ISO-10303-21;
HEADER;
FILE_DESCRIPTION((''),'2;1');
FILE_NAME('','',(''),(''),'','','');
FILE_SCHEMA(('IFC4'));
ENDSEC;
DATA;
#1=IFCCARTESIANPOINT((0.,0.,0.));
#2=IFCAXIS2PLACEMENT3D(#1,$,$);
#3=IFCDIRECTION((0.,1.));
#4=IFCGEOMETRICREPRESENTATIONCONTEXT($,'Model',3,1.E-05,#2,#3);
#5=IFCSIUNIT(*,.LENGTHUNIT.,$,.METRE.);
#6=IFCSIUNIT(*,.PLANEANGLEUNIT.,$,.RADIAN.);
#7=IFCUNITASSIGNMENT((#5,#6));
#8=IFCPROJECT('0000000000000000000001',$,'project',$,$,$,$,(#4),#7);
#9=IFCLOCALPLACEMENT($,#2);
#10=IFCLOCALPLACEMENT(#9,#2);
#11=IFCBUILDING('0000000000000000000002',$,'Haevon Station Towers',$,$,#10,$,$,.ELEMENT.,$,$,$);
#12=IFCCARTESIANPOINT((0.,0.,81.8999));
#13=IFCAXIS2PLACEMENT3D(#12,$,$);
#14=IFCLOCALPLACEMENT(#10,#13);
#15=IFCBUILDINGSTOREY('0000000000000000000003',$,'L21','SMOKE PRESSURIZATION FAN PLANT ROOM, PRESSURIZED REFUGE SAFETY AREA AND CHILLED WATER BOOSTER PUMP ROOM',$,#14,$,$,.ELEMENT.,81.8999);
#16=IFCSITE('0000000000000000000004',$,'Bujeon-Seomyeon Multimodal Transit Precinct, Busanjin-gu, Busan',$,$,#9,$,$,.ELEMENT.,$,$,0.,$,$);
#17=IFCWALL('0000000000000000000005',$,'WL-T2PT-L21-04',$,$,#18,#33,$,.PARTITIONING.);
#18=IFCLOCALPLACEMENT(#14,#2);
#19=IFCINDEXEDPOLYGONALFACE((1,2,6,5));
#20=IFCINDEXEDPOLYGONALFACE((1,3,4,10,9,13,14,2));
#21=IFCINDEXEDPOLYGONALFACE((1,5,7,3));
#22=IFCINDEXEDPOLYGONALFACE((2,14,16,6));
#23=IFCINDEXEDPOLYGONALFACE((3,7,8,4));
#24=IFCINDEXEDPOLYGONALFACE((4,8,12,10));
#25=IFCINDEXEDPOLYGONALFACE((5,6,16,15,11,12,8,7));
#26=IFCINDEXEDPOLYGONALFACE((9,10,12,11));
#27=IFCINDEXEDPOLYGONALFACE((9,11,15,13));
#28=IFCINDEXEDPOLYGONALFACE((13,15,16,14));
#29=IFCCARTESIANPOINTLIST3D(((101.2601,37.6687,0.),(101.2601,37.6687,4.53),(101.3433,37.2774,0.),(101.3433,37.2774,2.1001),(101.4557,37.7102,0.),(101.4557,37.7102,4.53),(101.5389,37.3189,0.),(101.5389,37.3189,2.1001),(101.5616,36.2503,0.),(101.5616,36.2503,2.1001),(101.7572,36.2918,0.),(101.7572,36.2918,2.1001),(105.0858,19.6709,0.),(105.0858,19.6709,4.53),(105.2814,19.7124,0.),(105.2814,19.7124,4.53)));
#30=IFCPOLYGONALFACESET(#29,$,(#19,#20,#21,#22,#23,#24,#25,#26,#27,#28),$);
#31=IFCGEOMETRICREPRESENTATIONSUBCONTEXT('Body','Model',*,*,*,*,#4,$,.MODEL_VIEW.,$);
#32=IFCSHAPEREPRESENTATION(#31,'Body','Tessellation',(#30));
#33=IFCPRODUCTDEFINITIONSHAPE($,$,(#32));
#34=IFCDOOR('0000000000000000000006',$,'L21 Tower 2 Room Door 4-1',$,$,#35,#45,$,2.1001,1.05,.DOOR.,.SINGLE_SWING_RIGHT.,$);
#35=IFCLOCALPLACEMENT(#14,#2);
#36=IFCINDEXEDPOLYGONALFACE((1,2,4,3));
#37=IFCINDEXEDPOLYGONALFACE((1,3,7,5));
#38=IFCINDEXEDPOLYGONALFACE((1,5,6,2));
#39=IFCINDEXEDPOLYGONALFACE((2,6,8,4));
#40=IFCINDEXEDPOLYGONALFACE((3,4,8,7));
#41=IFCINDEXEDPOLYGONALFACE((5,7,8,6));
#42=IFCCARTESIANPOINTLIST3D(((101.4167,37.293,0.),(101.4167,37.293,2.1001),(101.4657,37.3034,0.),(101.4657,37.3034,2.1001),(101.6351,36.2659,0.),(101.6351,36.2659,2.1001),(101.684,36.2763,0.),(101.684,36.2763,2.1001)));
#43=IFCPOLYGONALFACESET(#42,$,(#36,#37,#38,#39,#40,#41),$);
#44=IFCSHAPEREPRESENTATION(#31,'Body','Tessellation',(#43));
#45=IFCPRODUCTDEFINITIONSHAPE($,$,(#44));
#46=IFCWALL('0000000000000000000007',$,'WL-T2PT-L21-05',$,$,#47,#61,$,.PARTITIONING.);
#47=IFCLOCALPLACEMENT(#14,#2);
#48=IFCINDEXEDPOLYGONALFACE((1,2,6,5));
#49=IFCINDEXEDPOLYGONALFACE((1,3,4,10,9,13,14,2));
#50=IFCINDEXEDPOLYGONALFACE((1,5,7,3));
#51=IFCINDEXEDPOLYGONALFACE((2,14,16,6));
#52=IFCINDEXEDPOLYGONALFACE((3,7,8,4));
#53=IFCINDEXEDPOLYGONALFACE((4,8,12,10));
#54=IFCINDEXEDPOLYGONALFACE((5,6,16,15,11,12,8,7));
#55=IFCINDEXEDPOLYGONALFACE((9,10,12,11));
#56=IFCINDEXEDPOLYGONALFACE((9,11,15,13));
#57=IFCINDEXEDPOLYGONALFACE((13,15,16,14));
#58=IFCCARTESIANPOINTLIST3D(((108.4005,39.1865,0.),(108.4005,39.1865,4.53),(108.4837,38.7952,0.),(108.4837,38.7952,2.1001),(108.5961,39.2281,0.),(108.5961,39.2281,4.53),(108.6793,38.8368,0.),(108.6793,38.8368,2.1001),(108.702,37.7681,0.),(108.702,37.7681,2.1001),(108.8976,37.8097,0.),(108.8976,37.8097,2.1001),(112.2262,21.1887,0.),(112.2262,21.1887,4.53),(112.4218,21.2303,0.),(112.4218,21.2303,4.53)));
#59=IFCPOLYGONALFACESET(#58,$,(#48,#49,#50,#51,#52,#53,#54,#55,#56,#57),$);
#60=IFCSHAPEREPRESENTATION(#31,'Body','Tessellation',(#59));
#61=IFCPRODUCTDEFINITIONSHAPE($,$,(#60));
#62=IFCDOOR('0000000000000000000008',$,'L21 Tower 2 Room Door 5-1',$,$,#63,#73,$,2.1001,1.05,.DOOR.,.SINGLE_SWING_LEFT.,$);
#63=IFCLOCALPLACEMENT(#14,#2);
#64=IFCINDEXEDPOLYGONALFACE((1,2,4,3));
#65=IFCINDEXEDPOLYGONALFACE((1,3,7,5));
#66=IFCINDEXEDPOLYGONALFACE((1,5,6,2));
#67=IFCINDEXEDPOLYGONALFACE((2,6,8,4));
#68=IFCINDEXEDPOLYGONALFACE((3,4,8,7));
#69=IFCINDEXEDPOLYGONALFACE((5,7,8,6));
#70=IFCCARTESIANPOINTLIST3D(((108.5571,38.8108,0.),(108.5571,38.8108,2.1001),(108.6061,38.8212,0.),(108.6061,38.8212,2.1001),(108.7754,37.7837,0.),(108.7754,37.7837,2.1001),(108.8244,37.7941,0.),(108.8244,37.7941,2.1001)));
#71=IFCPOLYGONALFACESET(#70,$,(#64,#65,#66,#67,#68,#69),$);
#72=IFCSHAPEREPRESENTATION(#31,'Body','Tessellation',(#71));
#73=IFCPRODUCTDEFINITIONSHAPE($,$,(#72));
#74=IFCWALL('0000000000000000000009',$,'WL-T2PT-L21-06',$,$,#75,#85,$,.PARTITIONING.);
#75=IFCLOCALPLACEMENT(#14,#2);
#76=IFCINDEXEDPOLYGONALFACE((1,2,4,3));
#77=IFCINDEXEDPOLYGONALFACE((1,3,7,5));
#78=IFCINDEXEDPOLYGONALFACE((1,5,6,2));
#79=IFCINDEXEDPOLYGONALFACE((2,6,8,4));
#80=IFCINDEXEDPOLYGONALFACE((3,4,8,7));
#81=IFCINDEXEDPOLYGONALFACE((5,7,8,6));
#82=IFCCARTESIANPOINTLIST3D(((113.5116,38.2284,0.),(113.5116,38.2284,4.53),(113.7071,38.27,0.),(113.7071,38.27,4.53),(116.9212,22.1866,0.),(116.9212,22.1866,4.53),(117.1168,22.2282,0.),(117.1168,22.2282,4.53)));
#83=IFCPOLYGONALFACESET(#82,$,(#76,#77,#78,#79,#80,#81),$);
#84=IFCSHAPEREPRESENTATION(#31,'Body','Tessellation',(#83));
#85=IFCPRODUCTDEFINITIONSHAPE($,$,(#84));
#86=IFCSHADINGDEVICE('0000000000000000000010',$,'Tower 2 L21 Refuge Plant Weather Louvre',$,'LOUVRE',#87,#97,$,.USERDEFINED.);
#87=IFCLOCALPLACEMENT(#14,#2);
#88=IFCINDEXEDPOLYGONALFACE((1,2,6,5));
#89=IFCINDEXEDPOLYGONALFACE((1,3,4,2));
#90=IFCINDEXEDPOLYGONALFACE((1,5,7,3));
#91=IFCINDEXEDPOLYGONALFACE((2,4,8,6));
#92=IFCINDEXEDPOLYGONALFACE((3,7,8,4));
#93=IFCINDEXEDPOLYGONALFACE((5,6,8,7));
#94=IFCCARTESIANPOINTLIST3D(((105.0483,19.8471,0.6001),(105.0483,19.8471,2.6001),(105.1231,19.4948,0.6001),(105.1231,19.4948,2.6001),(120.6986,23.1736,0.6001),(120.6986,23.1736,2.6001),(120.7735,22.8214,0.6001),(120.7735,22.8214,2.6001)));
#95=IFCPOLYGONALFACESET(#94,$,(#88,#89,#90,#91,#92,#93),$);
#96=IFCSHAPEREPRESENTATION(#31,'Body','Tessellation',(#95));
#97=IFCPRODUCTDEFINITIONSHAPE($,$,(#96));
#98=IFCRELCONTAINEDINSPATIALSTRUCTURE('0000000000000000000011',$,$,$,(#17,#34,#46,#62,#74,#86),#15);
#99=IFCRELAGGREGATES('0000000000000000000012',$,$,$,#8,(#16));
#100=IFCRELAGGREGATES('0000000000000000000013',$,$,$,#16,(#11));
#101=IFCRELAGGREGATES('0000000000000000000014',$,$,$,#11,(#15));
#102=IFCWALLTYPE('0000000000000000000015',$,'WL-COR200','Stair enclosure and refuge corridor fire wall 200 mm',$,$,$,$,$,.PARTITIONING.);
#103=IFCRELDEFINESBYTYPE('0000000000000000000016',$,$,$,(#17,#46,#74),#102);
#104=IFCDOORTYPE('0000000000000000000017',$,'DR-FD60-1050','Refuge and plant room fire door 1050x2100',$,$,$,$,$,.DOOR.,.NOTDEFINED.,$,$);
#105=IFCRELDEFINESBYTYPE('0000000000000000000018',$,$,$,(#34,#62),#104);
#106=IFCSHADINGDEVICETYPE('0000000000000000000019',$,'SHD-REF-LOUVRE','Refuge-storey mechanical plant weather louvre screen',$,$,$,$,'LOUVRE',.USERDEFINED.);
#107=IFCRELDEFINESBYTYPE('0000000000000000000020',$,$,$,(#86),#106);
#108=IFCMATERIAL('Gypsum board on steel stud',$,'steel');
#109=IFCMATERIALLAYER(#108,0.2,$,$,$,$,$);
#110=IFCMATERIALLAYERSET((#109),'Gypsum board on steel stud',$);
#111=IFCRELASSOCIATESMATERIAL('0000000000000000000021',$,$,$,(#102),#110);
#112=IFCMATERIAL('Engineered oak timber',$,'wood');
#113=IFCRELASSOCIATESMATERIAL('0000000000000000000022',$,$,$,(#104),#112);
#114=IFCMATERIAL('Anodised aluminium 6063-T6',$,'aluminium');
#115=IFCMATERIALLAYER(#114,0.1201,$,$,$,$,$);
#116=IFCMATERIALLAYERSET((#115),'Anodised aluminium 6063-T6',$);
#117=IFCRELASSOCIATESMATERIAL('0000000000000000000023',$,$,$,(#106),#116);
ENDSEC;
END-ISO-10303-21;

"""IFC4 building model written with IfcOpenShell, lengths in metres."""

from ifc_helpers import new_model, si_unit, direction, frame, frame_2d, origin, origin_2d, place, context, subcontext, project, spatial, rectangle, extrude, material, layer, layer_set, type_object, element, fill, save


model = new_model("IFC4")

# Units and contexts
model_context = context("Model", 3, precision=1e-05, world=origin(), true_north=direction((0.0, 1.0)))
body_context = subcontext(model_context, "Body", "Model", "MODEL_VIEW")
ifc_project = project(units=[si_unit("LENGTHUNIT", "METRE"), si_unit("PLANEANGLEUNIT", "RADIAN")], contexts=[model_context])

# Site, building, storey
site_placement = place(None, origin())
site = spatial("IfcSite", under=ifc_project, at=site_placement, Name="Bujeon-Seomyeon Multimodal Transit Precinct, Busanjin-gu, Busan", CompositionType="ELEMENT", RefElevation=0.0)
building_placement = place(site_placement, origin())
building = spatial("IfcBuilding", under=site, at=building_placement, Name="Haevon Station Towers", CompositionType="ELEMENT")
storey_placement = place(building_placement, frame((0.0, 0.0, 81.8999)))
storey = spatial("IfcBuildingStorey", under=building, at=storey_placement, Name="L21", Description="SMOKE PRESSURIZATION FAN PLANT ROOM, PRESSURIZED REFUGE SAFETY AREA AND CHILLED WATER BOOSTER PUMP ROOM", CompositionType="ELEMENT", Elevation=81.8999)

# Walls, openings, doors
ifc_material_1 = material(Name="Gypsum board on steel stud", Category="steel")
ifc_layer_1 = layer(ifc_material_1, 0.2)
ifc_layer_set_1 = layer_set([ifc_layer_1], Name="Gypsum board on steel stud")
wall_type = type_object("IfcWallType", Name="WL-COR200", Description="Stair enclosure and refuge corridor fire wall 200 mm", PredefinedType="PARTITIONING", material=ifc_layer_set_1)
wall_1_placement = place(storey_placement, frame((105.1836, 19.6917, 0.0), z_axis=(0.0, 0.0, 1.0), x_axis=(-0.207919, 0.978146, 0.0)))
wall_1 = element("IfcWall", 1, at=wall_1_placement, inside=storey, type_object=wall_type, Name="WL-T2PT-L21-04", PredefinedType="PARTITIONING", context=body_context, shape_type="SweptSolid", body=[
    extrude(rectangle(XDim=18.3999, YDim=0.2, at=frame_2d((9.2, 0.0))), origin(), (0.0, 0.0, 1.0), 4.53),
])
opening_1_placement = place(wall_1_placement, frame((16.95, 0.0, 0.0)))
opening_1 = element("IfcOpeningElement", 2, at=opening_1_placement, cuts=wall_1, PredefinedType="OPENING", context=body_context, shape_type="SweptSolid", body=[
    extrude(rectangle(XDim=1.05, YDim=2.1001, at=frame_2d((0.5249, 1.05))), frame((0.0, 0.1099, 0.0), z_axis=(0.0, -1.0, 0.0), x_axis=(1.0, 0.0, 0.0)), (0.0, 0.0, 1.0), 0.22),
])
ifc_material_2 = material(Name="Engineered oak timber", Category="wood")
door_type = type_object("IfcDoorType", Name="DR-FD60-1050", Description="Refuge and plant room fire door 1050x2100", OperationType="NOTDEFINED", PredefinedType="DOOR", material=ifc_material_2)
door_1_placement = place(opening_1_placement, origin())
door_1 = element("IfcDoor", 3, at=door_1_placement, inside=storey, type_object=door_type, Name="L21 Tower 2 Room Door 4-1", OperationType="SINGLE_SWING_RIGHT", OverallHeight=2.1001, OverallWidth=1.05, PredefinedType="DOOR", context=body_context, shape_type="SweptSolid", body=[
    extrude(rectangle(XDim=1.05, YDim=2.1001, at=frame_2d((0.5249, 1.05))), frame((0.0, 0.0249, 0.0), z_axis=(0.0, -1.0, 0.0), x_axis=(1.0, 0.0, 0.0)), (0.0, 0.0, 1.0), 0.05),
])
fill(opening_1, door_1)
wall_2_placement = place(storey_placement, frame((112.324, 21.2095, 0.0), z_axis=(0.0, 0.0, 1.0), x_axis=(-0.207919, 0.978146, 0.0)))
wall_2 = element("IfcWall", 4, at=wall_2_placement, inside=storey, type_object=wall_type, Name="WL-T2PT-L21-05", PredefinedType="PARTITIONING", context=body_context, shape_type="SweptSolid", body=[
    extrude(rectangle(XDim=18.3999, YDim=0.2, at=frame_2d((9.2, 0.0))), origin(), (0.0, 0.0, 1.0), 4.53),
])
opening_2_placement = place(wall_2_placement, frame((16.95, 0.0, 0.0)))
opening_2 = element("IfcOpeningElement", 5, at=opening_2_placement, cuts=wall_2, PredefinedType="OPENING", context=body_context, shape_type="SweptSolid", body=[
    extrude(rectangle(XDim=1.05, YDim=2.1001, at=frame_2d((0.5249, 1.05))), frame((0.0, 0.1099, 0.0), z_axis=(0.0, -1.0, 0.0), x_axis=(1.0, 0.0, 0.0)), (0.0, 0.0, 1.0), 0.22),
])
door_2_placement = place(opening_2_placement, origin())
door_2 = element("IfcDoor", 6, at=door_2_placement, inside=storey, type_object=door_type, Name="L21 Tower 2 Room Door 5-1", OperationType="SINGLE_SWING_LEFT", OverallHeight=2.1001, OverallWidth=1.05, PredefinedType="DOOR", context=body_context, shape_type="SweptSolid", body=[
    extrude(rectangle(XDim=1.05, YDim=2.1001, at=frame_2d((0.5249, 1.05))), frame((0.0, 0.0249, 0.0), z_axis=(0.0, -1.0, 0.0), x_axis=(1.0, 0.0, 0.0)), (0.0, 0.0, 1.0), 0.05),
])
fill(opening_2, door_2)

# Wall
wall_3_placement = place(storey_placement, frame((117.019, 22.2073, 0.0), z_axis=(0.0, 0.0, 1.0), x_axis=(-0.207905, 0.978149, 0.0)))
element("IfcWall", 7, at=wall_3_placement, inside=storey, type_object=wall_type, Name="WL-T2PT-L21-06", PredefinedType="PARTITIONING", context=body_context, shape_type="SweptSolid", body=[
    extrude(rectangle(XDim=16.4001, YDim=0.2, at=frame_2d((8.2002, 0.0))), origin(), (0.0, 0.0, 1.0), 4.53),
])

# Shading device
ifc_material_3 = material(Name="Anodised aluminium 6063-T6", Category="aluminium")
ifc_layer_2 = layer(ifc_material_3, 0.1201)
ifc_layer_set_2 = layer_set([ifc_layer_2], Name="Anodised aluminium 6063-T6")
shading_device_type = type_object("IfcShadingDeviceType", Name="SHD-REF-LOUVRE", Description="Refuge-storey mechanical plant weather louvre screen", ElementType="LOUVRE", PredefinedType="USERDEFINED", material=ifc_layer_set_2)
shading_device_placement = place(storey_placement, frame((112.9109, 21.3342, 0.6001), z_axis=(0.0, 0.0, 1.0), x_axis=(0.978148, 0.207912, 0.0)))
element("IfcShadingDevice", 8, at=shading_device_placement, inside=storey, type_object=shading_device_type, Name="Tower 2 L21 Refuge Plant Weather Louvre", ObjectType="LOUVRE", PredefinedType="USERDEFINED", context=body_context, shape_type="SweptSolid", body=[
    extrude(rectangle(XDim=16.0, YDim=0.3601, at=origin_2d()), origin(), (0.0, 0.0, 1.0), 2.0),
])

save(model, "model.ifc")
